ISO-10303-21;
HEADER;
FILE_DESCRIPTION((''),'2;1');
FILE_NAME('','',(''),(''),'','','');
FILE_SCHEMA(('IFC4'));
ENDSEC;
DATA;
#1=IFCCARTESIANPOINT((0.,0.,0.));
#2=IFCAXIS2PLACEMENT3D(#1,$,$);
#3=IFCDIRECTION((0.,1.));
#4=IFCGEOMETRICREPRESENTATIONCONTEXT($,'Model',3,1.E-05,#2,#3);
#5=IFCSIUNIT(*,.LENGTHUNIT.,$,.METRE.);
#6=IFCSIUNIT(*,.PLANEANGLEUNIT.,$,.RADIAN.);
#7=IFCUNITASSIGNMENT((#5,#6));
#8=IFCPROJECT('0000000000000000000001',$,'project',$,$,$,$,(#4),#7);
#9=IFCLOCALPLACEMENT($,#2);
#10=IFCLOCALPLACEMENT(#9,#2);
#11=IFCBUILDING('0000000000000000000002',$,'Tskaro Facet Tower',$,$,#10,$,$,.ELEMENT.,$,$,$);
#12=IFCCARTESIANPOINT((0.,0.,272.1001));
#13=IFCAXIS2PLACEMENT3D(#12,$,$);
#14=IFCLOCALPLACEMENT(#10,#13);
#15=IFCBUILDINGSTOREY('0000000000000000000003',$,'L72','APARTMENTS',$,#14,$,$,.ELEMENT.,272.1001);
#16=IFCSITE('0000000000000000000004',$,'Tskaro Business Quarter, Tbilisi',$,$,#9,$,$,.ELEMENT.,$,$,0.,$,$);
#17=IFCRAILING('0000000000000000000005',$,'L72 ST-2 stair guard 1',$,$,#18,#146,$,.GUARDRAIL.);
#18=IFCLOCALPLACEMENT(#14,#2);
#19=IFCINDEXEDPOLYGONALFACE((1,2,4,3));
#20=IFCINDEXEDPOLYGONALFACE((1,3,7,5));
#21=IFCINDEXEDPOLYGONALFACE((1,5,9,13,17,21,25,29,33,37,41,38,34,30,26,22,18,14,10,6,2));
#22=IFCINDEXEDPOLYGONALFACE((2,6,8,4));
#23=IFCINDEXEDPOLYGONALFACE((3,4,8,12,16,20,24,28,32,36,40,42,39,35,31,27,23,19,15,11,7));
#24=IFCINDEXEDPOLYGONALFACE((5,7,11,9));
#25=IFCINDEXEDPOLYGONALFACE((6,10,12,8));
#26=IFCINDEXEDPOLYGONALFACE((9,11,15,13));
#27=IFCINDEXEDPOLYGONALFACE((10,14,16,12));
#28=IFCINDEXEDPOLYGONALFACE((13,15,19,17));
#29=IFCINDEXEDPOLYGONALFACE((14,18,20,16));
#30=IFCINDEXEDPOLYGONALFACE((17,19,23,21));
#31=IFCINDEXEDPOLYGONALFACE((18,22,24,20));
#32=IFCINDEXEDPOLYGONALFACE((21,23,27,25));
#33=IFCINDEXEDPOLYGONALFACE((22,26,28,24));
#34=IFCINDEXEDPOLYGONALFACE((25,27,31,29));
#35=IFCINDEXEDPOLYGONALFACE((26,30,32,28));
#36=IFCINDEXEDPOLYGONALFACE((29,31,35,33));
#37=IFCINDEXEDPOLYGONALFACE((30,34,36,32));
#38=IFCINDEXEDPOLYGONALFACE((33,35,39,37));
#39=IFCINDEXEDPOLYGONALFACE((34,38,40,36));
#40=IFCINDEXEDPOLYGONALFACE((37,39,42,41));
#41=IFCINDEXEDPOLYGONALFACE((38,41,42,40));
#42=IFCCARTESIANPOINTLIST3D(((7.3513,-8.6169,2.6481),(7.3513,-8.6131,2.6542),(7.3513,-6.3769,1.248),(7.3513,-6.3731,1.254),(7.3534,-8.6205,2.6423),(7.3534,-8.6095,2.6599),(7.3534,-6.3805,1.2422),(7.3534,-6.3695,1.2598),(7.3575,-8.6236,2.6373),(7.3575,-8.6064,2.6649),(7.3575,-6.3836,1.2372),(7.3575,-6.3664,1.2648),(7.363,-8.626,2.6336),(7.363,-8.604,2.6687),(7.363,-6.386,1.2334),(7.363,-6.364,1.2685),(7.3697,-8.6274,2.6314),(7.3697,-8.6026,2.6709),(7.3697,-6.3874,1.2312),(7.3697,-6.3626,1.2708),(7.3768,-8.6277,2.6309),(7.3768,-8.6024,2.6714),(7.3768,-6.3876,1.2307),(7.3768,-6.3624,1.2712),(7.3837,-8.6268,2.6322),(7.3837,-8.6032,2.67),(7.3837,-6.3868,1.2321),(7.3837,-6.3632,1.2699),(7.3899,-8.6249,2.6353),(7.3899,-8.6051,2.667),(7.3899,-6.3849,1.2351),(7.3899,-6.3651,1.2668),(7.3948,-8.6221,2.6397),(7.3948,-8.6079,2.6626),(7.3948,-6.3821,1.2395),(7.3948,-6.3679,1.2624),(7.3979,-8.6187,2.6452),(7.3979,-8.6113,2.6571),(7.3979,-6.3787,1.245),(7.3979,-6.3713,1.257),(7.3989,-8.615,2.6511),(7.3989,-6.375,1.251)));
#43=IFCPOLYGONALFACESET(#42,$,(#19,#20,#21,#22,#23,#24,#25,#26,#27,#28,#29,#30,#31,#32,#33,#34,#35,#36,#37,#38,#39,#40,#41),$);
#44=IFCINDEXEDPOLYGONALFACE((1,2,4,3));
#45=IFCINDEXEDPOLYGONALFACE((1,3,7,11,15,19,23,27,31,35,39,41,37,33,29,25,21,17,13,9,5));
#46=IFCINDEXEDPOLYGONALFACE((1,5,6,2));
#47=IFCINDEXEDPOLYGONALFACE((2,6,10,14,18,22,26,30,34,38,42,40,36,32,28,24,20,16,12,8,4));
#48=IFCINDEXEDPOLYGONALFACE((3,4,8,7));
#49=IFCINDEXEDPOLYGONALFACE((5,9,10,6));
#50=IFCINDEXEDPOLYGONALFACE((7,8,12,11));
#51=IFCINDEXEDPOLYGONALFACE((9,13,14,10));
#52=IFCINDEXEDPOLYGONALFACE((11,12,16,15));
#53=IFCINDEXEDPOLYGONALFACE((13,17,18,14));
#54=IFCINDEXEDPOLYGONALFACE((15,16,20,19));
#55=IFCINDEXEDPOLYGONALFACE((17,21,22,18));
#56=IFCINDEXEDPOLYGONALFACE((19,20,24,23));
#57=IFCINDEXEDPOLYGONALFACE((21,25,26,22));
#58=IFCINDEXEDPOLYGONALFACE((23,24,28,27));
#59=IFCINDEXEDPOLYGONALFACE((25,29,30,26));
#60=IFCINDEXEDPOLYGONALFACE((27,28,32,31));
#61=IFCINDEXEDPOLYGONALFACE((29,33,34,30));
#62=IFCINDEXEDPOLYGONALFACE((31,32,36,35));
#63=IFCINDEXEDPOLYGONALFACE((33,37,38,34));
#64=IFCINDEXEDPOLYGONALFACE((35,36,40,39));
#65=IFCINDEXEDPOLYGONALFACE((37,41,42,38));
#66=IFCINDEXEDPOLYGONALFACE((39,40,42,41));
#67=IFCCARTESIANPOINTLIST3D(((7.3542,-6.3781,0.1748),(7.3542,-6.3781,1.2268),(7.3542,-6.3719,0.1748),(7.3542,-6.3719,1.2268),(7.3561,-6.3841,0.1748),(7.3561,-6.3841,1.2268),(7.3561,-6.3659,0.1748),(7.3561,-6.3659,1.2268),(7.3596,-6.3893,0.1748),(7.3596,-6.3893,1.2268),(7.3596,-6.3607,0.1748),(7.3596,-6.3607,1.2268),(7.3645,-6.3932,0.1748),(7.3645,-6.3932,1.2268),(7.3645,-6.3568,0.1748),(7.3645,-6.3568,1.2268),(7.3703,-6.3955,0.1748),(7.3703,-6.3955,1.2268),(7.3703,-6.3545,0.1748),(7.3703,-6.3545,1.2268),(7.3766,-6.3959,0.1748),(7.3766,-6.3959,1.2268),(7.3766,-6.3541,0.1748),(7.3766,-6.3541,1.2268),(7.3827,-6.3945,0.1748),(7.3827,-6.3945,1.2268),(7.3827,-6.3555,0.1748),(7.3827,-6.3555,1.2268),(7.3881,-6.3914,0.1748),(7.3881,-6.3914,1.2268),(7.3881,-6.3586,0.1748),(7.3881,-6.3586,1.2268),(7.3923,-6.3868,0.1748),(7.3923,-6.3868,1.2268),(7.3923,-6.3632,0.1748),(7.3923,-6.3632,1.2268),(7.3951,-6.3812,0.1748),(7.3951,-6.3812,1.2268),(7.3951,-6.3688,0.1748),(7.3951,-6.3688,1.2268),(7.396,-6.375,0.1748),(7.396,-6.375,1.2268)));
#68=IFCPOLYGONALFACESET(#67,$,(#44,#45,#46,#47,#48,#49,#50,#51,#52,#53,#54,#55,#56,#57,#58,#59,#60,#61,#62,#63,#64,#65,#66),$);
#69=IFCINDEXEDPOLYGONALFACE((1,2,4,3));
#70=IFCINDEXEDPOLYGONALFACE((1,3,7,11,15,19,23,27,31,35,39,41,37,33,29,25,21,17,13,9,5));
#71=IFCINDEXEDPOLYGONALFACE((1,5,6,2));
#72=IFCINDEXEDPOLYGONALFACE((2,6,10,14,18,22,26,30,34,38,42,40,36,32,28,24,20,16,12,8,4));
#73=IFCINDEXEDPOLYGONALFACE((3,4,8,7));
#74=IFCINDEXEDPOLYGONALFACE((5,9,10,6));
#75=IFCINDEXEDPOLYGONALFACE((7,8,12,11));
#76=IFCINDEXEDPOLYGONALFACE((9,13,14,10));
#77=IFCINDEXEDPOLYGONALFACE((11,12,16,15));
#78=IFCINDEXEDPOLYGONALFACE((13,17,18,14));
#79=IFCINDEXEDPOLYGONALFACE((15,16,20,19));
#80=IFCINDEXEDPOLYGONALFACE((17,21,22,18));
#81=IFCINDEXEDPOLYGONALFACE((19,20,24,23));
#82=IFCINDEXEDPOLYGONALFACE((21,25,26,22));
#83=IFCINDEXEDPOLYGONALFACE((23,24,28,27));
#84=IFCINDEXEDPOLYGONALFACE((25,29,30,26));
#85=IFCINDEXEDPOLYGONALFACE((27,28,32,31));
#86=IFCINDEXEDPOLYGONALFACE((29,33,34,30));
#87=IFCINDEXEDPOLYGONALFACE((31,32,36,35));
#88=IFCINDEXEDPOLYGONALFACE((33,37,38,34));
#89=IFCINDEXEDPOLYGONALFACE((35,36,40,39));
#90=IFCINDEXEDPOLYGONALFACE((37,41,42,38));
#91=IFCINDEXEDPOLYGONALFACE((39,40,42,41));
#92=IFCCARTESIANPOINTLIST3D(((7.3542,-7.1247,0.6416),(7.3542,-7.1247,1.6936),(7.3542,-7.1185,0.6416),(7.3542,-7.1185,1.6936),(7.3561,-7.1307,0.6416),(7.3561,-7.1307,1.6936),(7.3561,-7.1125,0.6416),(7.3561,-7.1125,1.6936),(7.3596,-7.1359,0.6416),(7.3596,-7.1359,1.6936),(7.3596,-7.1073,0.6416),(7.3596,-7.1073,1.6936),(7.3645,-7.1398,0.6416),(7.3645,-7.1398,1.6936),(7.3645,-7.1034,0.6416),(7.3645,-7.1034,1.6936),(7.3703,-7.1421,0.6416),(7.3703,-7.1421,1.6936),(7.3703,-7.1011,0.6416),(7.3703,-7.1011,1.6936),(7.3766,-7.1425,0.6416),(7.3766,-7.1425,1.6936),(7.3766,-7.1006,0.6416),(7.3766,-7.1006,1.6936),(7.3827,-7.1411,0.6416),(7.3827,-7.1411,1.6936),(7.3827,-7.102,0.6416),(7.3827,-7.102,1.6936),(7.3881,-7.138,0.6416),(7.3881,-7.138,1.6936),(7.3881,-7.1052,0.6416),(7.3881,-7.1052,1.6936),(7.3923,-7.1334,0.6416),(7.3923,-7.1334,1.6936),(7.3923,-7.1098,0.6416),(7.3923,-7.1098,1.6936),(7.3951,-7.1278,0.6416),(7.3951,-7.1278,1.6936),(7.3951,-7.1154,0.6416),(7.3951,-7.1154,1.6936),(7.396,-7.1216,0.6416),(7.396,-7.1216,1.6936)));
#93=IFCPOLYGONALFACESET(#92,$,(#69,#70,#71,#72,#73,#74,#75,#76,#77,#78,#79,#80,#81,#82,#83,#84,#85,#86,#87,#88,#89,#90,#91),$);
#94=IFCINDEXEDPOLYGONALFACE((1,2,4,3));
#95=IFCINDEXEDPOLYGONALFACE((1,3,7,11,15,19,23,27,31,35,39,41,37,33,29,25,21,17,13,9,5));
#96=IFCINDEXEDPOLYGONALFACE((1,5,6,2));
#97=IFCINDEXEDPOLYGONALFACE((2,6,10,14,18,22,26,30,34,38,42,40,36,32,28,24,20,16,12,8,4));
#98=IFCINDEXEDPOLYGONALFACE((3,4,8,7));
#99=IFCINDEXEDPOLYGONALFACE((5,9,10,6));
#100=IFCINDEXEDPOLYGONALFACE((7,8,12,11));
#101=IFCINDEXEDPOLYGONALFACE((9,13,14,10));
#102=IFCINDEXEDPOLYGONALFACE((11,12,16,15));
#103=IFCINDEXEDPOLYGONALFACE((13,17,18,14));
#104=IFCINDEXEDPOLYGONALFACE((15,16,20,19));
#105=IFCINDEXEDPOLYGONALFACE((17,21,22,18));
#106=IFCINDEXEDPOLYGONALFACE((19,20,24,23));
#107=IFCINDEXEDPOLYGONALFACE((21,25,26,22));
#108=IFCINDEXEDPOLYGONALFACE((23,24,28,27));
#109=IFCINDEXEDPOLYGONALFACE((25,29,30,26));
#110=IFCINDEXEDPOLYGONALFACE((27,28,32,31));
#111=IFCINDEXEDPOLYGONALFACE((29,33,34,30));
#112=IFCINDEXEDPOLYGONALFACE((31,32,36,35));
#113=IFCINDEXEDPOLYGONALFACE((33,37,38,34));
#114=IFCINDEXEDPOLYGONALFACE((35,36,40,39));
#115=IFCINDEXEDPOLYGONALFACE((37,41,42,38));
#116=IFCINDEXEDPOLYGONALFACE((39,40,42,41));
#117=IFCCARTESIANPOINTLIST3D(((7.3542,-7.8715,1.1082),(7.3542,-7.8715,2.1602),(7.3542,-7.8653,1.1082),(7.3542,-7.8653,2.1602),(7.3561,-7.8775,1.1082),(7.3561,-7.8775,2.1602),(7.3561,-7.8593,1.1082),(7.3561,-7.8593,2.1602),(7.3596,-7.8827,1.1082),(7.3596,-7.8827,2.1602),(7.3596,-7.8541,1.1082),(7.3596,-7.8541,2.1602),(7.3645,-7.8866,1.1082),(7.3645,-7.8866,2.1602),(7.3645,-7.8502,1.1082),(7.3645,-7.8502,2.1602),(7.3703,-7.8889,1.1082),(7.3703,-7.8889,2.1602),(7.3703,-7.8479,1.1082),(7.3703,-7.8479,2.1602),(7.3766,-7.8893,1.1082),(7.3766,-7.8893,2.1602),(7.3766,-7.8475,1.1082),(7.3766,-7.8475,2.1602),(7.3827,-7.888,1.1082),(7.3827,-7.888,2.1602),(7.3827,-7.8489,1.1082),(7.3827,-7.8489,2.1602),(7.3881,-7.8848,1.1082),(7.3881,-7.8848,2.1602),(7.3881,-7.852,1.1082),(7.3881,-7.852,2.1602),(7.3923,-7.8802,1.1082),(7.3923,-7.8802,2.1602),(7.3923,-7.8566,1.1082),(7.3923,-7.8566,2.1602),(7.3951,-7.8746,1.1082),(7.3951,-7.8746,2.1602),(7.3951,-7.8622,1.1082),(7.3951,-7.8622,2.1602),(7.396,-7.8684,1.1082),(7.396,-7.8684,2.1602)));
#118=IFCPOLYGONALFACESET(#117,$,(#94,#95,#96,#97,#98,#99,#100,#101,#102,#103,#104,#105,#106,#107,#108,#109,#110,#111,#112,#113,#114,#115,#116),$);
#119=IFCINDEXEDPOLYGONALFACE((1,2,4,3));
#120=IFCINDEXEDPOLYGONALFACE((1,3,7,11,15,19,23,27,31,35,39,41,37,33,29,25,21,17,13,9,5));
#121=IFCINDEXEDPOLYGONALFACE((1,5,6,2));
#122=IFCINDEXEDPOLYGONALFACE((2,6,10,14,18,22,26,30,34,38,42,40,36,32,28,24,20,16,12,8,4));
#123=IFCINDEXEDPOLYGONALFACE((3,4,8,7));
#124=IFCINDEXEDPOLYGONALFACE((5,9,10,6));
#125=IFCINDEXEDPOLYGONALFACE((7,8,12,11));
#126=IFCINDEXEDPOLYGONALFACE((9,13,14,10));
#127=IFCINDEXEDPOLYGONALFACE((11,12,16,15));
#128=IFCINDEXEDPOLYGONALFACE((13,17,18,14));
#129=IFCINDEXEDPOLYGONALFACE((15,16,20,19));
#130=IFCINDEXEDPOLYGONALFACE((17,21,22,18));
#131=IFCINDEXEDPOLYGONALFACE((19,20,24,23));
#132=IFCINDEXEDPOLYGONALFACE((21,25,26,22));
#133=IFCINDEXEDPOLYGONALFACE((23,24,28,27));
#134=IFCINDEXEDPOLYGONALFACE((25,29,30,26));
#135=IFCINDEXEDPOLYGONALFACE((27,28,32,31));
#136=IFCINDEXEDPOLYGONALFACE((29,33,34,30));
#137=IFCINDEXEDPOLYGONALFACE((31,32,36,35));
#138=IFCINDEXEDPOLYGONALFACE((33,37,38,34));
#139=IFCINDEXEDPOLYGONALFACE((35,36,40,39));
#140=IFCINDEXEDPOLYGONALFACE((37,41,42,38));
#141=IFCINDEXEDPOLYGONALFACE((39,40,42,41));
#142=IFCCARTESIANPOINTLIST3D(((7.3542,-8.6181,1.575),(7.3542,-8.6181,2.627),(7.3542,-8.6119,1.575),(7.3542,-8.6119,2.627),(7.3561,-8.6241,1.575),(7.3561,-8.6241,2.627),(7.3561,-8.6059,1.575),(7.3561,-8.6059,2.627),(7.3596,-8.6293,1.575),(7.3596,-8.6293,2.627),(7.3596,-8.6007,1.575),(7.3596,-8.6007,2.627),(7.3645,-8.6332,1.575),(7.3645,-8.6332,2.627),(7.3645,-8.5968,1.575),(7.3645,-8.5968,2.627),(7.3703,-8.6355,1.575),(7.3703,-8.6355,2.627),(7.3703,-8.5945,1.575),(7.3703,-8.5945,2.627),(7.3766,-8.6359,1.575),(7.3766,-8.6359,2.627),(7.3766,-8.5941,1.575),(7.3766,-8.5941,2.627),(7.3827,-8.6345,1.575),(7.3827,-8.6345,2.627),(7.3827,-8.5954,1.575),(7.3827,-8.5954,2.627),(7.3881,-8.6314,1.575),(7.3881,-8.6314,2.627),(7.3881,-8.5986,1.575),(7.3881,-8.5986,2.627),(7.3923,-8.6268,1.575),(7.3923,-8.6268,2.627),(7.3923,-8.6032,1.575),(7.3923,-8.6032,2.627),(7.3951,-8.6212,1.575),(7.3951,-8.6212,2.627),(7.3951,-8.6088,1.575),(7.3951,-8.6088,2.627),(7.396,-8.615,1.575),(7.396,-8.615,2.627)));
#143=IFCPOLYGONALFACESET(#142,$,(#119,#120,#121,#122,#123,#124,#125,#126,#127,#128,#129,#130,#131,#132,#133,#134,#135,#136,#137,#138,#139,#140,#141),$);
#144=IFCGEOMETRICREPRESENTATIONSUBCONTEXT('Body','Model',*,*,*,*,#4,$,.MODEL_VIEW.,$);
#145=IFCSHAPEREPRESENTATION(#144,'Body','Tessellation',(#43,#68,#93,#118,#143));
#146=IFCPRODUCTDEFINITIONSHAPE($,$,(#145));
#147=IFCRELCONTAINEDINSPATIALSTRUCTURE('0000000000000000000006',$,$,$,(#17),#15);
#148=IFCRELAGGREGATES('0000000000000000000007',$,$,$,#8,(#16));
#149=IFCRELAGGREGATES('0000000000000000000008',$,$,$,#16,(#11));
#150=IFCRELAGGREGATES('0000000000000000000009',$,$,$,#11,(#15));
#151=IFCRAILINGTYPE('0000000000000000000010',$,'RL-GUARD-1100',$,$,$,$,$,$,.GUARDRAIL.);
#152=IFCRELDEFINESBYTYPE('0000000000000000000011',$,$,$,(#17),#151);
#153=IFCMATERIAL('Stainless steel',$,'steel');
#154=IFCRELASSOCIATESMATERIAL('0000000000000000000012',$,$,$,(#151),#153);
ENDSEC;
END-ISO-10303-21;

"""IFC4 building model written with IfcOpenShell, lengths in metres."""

from ifc_helpers import new_model, si_unit, direction, frame, origin, origin_2d, place, context, subcontext, project, spatial, circle, extrude, material, type_object, element, save


model = new_model("IFC4")

# Units and contexts
model_context = context("Model", 3, precision=1e-05, world=origin(), true_north=direction((0.0, 1.0)))
body_context = subcontext(model_context, "Body", "Model", "MODEL_VIEW")
ifc_project = project(units=[si_unit("LENGTHUNIT", "METRE"), si_unit("PLANEANGLEUNIT", "RADIAN")], contexts=[model_context])

# Site, building, storey
site_placement = place(None, origin())
site = spatial("IfcSite", under=ifc_project, at=site_placement, Name="Tskaro Business Quarter, Tbilisi", CompositionType="ELEMENT", RefElevation=0.0)
building_placement = place(site_placement, origin())
building = spatial("IfcBuilding", under=site, at=building_placement, Name="Tskaro Facet Tower", CompositionType="ELEMENT")
storey_placement = place(building_placement, frame((0.0, 0.0, 272.1001)))
storey = spatial("IfcBuildingStorey", under=building, at=storey_placement, Name="L72", Description="APARTMENTS", CompositionType="ELEMENT", Elevation=272.1001)

# Railing
ifc_material_1 = material(Name="Stainless steel", Category="steel")
railing_type_1 = type_object("IfcRailingType", Name="RL-GUARD-1100", PredefinedType="GUARDRAIL", material=ifc_material_1)
railing_1_placement = place(storey_placement, frame((7.375, -6.375, 0.1748)))
element("IfcRailing", 1, at=railing_1_placement, inside=storey, type_object=railing_type_1, Name="L72 ST-2 stair guard 1", PredefinedType="GUARDRAIL", context=body_context, shape_type="SweptSolid", body=[
    extrude(circle(Radius=0.0239, at=origin_2d()), frame((0.0, 0.0, 1.0762), z_axis=(0.0, -0.847972, 0.53004), x_axis=(1.0, 0.0, 0.0)), (0.0, 0.0, 1.0), 2.6416),
    extrude(circle(Radius=0.021, at=origin_2d()), origin(), (0.0, 0.0, 1.0), 1.052),
    extrude(circle(Radius=0.021, at=origin_2d()), frame((0.0, -0.7466, 0.4668)), (0.0, 0.0, 1.0), 1.052),
    extrude(circle(Radius=0.021, at=origin_2d()), frame((0.0, -1.4934, 0.9333)), (0.0, 0.0, 1.0), 1.052),
    extrude(circle(Radius=0.021, at=origin_2d()), frame((0.0, -2.24, 1.4001)), (0.0, 0.0, 1.0), 1.052),
])

save(model, "model.ifc")
